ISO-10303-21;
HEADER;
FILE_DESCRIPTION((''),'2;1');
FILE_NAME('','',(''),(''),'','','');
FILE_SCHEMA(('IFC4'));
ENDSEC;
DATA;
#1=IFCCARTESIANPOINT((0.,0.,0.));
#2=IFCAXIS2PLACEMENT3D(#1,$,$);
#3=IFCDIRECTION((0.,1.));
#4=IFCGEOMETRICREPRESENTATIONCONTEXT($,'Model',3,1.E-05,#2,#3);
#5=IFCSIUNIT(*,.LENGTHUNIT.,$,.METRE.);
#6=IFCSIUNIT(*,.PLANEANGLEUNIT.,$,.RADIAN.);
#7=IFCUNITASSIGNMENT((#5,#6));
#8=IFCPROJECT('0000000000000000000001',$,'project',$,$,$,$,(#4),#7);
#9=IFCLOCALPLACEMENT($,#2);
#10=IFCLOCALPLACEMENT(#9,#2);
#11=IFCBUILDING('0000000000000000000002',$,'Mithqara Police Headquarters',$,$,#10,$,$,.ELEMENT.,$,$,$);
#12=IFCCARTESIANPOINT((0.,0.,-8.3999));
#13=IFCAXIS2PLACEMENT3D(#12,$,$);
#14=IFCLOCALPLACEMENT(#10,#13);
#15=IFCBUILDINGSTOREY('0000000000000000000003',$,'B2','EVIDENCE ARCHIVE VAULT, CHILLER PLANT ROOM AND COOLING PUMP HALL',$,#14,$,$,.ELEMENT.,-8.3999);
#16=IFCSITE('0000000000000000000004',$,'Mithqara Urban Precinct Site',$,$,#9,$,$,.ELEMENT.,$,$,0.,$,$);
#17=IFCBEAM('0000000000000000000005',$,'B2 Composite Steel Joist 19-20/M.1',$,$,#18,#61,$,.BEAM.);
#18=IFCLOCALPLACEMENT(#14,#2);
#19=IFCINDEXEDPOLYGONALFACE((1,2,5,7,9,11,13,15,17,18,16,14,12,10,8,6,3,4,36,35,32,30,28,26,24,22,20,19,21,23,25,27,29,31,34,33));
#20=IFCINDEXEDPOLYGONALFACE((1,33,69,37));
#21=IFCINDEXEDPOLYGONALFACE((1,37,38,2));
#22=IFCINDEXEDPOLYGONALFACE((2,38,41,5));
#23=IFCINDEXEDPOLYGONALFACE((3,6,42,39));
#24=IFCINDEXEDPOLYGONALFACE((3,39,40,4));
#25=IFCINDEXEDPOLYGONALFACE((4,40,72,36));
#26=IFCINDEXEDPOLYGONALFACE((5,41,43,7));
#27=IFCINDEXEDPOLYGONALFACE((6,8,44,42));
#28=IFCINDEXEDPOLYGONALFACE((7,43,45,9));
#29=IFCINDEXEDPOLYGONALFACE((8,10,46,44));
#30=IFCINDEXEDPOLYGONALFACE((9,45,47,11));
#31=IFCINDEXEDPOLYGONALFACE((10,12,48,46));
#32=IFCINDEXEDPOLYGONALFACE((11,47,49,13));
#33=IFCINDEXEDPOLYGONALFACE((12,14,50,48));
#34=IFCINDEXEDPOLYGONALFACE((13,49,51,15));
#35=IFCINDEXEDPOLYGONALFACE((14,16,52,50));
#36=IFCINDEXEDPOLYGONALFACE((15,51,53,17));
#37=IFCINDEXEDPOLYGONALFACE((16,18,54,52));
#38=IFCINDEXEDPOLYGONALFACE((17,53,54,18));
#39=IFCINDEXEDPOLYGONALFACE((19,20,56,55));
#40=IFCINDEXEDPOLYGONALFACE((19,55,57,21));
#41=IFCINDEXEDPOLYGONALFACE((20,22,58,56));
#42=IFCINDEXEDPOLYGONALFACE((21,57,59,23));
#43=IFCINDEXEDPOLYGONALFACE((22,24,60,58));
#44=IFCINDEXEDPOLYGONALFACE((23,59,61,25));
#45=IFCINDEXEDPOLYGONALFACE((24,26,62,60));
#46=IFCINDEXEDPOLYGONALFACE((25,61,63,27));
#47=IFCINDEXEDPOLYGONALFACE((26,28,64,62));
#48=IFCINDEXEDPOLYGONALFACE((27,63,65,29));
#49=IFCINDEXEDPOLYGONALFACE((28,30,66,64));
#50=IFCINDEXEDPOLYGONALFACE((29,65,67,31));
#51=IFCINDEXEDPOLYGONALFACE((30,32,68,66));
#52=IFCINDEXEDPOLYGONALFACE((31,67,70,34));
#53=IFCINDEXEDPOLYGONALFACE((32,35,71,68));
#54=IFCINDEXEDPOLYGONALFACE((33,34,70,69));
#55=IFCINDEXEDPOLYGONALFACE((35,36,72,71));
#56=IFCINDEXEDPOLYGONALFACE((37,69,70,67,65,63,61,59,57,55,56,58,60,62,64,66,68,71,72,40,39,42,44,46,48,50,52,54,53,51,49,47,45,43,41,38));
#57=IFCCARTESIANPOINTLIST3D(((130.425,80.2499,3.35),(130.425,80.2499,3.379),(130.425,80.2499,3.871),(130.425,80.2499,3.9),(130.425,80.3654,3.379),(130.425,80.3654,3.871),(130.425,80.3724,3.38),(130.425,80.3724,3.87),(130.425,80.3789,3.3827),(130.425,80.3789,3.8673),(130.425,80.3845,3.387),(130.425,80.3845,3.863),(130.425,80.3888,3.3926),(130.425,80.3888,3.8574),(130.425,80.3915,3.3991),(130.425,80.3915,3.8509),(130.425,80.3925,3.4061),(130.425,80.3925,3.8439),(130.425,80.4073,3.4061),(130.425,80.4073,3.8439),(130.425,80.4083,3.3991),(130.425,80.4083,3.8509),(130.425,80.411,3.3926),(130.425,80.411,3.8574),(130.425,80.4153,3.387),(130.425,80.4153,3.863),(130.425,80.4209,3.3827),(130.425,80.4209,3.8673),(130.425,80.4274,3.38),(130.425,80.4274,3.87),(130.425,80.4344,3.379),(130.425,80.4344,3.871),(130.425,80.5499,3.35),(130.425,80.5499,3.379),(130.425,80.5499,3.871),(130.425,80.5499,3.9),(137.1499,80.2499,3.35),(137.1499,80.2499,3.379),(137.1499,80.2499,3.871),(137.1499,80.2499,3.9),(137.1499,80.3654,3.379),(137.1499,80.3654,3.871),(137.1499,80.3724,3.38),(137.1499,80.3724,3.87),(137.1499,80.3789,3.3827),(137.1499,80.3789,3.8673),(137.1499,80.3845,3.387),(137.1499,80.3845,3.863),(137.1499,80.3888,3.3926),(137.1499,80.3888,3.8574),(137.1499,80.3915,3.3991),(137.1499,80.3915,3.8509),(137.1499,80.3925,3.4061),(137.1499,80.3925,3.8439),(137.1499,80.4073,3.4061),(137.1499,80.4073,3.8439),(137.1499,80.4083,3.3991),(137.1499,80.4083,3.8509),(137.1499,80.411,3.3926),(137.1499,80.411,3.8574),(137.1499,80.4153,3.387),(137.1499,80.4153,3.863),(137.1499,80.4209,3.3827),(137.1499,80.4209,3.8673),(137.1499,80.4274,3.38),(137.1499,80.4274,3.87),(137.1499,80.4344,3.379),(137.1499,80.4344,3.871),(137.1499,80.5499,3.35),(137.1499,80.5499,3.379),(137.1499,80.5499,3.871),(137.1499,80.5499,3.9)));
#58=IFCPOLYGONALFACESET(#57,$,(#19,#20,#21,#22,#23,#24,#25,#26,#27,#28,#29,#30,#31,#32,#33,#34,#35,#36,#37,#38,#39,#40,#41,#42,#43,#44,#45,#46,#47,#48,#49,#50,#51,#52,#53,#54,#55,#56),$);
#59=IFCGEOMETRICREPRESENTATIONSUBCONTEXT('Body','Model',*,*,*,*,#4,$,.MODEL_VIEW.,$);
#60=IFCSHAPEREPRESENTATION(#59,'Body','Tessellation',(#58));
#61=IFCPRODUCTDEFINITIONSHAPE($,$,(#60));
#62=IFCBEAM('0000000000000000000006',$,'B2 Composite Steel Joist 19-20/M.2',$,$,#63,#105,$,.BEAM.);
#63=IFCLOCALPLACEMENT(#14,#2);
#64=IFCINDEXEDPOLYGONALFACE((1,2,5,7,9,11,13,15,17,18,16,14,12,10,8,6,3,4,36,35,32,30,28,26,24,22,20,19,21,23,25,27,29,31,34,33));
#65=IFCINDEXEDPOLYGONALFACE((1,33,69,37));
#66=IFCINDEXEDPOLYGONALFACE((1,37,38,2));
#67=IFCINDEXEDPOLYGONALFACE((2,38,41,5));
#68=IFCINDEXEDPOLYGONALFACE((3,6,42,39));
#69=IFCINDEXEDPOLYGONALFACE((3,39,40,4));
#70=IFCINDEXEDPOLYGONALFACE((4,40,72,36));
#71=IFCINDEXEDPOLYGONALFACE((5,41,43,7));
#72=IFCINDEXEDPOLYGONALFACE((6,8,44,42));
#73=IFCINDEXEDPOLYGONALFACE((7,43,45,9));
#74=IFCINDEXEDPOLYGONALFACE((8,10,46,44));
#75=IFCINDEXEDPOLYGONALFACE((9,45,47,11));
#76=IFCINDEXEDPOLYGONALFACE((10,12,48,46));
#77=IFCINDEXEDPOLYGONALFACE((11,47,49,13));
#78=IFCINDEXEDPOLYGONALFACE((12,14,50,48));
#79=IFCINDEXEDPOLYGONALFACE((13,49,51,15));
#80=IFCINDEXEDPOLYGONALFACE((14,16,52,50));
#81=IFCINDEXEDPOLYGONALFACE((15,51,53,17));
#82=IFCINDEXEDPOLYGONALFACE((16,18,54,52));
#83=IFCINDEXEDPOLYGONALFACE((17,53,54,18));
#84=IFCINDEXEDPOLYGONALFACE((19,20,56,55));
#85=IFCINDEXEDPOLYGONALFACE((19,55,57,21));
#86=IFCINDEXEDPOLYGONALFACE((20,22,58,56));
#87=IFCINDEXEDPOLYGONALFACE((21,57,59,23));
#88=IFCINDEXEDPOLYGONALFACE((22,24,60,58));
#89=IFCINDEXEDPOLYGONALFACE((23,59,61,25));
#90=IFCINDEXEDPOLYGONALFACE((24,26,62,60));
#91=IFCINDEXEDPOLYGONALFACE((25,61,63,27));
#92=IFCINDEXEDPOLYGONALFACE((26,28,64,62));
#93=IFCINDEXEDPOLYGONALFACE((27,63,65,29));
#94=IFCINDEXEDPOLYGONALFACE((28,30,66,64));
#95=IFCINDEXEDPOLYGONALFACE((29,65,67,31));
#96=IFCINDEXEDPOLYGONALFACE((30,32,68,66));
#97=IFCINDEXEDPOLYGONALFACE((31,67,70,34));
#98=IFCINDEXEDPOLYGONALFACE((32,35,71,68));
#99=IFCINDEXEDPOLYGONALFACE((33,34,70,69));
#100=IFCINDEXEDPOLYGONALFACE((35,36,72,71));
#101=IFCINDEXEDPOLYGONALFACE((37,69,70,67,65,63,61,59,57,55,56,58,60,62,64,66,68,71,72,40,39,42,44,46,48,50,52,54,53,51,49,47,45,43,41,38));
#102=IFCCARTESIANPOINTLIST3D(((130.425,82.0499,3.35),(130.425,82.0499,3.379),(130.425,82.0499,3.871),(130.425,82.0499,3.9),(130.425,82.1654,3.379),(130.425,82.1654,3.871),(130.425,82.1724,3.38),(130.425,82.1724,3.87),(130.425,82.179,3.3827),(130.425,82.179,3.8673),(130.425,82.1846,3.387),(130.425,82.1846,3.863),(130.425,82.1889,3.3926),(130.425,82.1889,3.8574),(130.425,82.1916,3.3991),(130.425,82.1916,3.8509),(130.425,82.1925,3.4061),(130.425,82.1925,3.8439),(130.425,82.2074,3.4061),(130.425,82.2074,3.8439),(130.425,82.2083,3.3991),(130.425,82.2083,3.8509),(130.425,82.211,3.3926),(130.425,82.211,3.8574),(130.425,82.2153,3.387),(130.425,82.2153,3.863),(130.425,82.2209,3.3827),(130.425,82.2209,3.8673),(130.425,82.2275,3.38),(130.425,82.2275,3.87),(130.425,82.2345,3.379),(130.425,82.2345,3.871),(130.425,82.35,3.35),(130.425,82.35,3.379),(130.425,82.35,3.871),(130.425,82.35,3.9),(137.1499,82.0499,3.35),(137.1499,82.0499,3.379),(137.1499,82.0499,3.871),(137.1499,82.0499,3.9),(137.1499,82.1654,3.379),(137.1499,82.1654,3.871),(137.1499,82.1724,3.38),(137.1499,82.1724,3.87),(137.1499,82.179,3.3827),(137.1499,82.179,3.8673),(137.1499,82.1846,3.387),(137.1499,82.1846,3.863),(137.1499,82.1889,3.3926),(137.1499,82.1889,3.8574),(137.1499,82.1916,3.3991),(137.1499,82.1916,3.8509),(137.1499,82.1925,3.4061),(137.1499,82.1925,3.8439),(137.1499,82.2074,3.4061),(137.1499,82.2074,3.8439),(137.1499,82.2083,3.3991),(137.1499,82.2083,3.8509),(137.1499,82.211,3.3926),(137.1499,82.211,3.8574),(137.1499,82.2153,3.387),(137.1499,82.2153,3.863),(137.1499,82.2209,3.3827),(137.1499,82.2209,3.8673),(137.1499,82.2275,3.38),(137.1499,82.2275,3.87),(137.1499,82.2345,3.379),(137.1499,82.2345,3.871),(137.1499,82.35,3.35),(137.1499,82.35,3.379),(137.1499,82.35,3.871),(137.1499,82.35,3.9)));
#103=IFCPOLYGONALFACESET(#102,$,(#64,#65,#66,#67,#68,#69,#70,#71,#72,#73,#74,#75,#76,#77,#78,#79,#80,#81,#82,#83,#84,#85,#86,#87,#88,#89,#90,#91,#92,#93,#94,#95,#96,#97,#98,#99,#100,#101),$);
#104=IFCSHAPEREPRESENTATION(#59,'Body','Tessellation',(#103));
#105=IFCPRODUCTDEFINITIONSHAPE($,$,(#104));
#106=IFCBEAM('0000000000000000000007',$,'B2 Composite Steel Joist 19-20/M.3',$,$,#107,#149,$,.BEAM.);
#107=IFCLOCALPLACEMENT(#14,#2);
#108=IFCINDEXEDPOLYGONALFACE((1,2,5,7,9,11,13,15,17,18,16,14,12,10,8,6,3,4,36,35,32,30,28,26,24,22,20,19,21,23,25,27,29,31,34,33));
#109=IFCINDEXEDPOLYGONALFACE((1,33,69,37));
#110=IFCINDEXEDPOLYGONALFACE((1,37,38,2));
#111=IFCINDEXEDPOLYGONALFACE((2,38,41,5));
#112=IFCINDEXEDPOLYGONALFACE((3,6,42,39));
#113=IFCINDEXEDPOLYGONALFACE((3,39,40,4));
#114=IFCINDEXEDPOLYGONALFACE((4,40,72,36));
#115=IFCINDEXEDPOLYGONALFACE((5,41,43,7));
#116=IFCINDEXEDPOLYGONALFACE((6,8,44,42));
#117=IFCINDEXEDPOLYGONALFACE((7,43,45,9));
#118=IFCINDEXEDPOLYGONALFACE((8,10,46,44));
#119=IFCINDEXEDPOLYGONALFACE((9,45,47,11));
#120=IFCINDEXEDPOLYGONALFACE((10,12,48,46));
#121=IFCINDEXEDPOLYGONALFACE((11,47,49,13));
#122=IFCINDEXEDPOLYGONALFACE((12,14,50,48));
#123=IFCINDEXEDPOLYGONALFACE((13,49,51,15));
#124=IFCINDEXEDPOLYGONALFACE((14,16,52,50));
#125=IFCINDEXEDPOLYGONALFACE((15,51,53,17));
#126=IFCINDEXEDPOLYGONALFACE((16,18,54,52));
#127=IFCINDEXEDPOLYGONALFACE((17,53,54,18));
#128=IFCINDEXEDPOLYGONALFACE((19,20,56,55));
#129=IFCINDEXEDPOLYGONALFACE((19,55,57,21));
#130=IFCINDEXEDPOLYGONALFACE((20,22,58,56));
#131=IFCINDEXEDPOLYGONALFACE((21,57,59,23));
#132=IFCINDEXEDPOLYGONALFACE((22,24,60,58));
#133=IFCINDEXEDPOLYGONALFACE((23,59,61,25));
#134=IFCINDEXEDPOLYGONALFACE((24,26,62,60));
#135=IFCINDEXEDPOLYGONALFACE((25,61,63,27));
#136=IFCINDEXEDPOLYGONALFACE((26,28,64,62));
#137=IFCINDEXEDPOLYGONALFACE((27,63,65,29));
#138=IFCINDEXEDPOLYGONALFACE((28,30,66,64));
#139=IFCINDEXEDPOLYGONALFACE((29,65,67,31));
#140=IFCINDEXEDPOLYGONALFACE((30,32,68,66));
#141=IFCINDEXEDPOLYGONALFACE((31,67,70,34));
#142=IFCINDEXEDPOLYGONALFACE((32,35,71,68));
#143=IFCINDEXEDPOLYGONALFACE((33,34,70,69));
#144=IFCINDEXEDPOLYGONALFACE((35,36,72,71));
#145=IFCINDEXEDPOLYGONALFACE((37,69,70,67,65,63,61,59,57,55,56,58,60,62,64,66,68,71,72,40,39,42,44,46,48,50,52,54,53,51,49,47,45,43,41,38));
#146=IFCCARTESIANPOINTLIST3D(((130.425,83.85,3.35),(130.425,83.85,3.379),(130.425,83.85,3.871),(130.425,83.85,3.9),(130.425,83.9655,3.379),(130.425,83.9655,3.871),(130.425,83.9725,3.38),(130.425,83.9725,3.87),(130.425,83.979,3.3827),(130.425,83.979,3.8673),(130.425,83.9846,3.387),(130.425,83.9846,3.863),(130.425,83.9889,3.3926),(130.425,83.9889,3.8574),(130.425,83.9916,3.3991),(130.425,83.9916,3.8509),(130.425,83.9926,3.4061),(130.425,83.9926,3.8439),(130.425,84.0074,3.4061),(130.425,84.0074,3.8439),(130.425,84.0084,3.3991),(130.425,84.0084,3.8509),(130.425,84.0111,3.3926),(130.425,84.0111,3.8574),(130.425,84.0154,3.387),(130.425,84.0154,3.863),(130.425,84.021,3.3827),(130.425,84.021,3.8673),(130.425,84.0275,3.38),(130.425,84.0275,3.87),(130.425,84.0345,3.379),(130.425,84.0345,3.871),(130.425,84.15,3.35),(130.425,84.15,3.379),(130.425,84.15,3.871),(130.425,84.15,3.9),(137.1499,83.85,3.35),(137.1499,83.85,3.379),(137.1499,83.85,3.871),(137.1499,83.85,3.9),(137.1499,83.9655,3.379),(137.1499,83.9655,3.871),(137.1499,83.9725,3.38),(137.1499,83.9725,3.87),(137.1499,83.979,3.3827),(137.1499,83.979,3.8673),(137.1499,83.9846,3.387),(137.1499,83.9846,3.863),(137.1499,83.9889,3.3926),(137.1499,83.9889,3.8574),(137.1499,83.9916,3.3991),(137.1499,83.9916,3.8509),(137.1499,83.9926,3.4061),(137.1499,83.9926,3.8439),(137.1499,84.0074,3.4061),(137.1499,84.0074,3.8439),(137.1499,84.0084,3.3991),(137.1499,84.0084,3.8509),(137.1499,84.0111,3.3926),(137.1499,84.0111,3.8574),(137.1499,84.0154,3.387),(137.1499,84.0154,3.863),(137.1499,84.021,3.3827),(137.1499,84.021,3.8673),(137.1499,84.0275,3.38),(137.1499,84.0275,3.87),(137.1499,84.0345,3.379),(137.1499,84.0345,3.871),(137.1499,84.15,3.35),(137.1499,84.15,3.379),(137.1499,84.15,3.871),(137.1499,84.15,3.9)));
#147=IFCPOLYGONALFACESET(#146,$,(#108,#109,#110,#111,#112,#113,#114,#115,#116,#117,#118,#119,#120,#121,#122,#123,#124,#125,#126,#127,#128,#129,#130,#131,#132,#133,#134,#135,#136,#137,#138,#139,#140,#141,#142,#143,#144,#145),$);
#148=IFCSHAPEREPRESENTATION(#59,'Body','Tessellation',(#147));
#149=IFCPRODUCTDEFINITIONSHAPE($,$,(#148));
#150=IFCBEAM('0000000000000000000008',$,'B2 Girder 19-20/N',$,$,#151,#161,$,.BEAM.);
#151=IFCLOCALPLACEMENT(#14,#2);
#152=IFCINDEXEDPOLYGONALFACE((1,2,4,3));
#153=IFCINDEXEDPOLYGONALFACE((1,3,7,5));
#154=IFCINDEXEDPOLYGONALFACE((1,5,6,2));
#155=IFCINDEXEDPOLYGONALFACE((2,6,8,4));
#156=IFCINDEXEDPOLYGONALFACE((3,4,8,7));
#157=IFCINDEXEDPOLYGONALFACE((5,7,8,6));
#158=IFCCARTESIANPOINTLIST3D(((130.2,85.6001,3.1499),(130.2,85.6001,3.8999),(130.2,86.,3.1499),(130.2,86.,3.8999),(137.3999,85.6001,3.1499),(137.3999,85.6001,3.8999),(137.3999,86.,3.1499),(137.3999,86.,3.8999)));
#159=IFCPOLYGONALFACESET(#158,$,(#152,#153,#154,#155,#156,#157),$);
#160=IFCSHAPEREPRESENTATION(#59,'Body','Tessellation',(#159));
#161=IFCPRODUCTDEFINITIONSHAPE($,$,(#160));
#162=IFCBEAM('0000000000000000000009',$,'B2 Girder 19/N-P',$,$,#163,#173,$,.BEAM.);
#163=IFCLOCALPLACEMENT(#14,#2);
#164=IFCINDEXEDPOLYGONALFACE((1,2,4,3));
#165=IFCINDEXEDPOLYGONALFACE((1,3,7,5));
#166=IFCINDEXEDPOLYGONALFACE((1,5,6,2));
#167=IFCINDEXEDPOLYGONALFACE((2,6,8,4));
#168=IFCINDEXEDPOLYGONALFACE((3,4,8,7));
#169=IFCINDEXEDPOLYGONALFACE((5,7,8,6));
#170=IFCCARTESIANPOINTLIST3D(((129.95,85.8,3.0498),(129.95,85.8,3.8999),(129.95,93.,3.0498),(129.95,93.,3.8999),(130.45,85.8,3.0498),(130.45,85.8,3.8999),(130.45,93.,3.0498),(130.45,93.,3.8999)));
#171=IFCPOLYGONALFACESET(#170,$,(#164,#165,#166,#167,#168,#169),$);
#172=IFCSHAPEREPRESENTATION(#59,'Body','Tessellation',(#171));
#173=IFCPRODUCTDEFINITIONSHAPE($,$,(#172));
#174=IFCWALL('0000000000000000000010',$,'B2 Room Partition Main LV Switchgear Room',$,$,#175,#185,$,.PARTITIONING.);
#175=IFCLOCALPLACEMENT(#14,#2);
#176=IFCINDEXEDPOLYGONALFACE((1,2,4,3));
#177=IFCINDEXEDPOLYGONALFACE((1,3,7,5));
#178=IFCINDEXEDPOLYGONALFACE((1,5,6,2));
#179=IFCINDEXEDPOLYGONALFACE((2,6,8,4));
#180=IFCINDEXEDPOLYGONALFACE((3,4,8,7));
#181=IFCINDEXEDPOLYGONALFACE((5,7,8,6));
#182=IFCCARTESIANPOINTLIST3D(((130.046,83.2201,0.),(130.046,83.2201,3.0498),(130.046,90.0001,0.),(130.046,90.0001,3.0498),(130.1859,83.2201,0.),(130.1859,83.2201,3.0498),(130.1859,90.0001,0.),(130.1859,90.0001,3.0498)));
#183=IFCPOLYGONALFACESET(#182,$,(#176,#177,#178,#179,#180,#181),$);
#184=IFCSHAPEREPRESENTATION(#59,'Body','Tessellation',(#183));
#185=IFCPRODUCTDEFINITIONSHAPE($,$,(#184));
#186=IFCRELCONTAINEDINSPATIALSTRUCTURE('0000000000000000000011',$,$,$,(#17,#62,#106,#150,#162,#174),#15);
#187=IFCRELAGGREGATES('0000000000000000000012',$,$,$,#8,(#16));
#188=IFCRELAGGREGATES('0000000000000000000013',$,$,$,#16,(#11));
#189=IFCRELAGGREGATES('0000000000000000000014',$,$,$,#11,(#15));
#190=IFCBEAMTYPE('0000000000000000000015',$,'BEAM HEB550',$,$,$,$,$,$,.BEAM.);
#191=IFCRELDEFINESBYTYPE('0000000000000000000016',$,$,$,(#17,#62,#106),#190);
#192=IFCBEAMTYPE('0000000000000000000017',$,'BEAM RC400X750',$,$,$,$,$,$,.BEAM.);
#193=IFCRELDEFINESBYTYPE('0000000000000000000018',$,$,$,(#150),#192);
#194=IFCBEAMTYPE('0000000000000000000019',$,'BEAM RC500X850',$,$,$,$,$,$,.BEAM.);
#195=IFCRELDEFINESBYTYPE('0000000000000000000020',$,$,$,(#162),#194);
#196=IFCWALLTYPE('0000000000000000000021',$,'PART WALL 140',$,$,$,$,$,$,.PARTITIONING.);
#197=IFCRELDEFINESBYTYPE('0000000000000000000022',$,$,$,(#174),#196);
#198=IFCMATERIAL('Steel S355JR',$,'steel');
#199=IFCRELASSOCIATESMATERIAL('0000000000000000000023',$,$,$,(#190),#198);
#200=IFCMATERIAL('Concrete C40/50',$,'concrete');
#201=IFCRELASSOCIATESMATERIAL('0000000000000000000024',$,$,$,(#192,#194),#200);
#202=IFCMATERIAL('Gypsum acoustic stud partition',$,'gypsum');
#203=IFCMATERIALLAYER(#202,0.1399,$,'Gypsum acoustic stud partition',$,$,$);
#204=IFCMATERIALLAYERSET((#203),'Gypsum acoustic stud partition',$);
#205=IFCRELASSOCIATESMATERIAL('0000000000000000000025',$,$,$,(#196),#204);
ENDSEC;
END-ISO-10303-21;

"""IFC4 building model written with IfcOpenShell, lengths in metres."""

from ifc_helpers import new_model, si_unit, direction, frame, frame_2d, origin, origin_2d, place, context, subcontext, project, spatial, rectangle, i_section, extrude, material, layer, layer_set, material_profile, profile_set, type_object, element, save


model = new_model("IFC4")

# Units and contexts
model_context = context("Model", 3, precision=1e-05, world=origin(), true_north=direction((0.0, 1.0)))
body_context = subcontext(model_context, "Body", "Model", "MODEL_VIEW")
ifc_project = project(units=[si_unit("LENGTHUNIT", "METRE"), si_unit("PLANEANGLEUNIT", "RADIAN")], contexts=[model_context])

# Site, building, storey
site_placement = place(None, origin())
site = spatial("IfcSite", under=ifc_project, at=site_placement, Name="Mithqara Urban Precinct Site", CompositionType="ELEMENT", RefElevation=0.0)
building_placement = place(site_placement, origin())
building = spatial("IfcBuilding", under=site, at=building_placement, Name="Mithqara Police Headquarters", CompositionType="ELEMENT")
storey_placement = place(building_placement, frame((0.0, 0.0, -8.3999)))
storey = spatial("IfcBuildingStorey", under=building, at=storey_placement, Name="B2", Description="EVIDENCE ARCHIVE VAULT, CHILLER PLANT ROOM AND COOLING PUMP HALL", CompositionType="ELEMENT", Elevation=-8.3999)

# Shared definitions
ifc_material_1 = material(Name="Concrete C40/50", Category="concrete")

# Beams
ifc_material_2 = material(Name="Steel S355JR", Category="steel")
ifc_material_profile_1 = material_profile(ifc_material_2, i_section(OverallWidth=0.3, OverallDepth=0.55, WebThickness=0.0149, FlangeThickness=0.0291, FilletRadius=0.0271, at=origin_2d()), Name="HEB 550")
ifc_profile_set_1 = profile_set([ifc_material_profile_1], Name="Steel S355JR")
beam_type_1 = type_object("IfcBeamType", Name="BEAM HEB550", PredefinedType="BEAM", material=ifc_profile_set_1)
for number, where, z_axis, x_axis, name in (
    (1, (130.425, 80.3999, 3.625), (1.0, 0.0, 0.0), (0.0, 1.0, 0.0), "B2 Composite Steel Joist 19-20/M.1"),
    (2, (130.425, 82.2, 3.625), (1.0, 0.0, 0.0), (0.0, 1.0, 0.0), "B2 Composite Steel Joist 19-20/M.2"),
    (3, (130.425, 84.0, 3.625), (1.0, 0.0, 0.0), (0.0, 1.0, 0.0), "B2 Composite Steel Joist 19-20/M.3"),
):
    element("IfcBeam", number, at=place(storey_placement, frame(where, z_axis=z_axis, x_axis=x_axis)), inside=storey, type_object=beam_type_1, Name=name, PredefinedType="BEAM", context=body_context, shape_type="SweptSolid", body=[
        extrude(i_section(OverallWidth=0.3, OverallDepth=0.55, WebThickness=0.0149, FlangeThickness=0.0291, FilletRadius=0.0271, at=origin_2d()), origin(), (0.0, 0.0, 1.0), 6.7249),
    ])
ifc_material_profile_2 = material_profile(ifc_material_1, rectangle(XDim=0.3999, YDim=0.75, at=origin_2d()), Name="RC 400x750")
ifc_profile_set_2 = profile_set([ifc_material_profile_2], Name="Concrete C40/50")
beam_type_2 = type_object("IfcBeamType", Name="BEAM RC400X750", PredefinedType="BEAM", material=ifc_profile_set_2)
beam_1_placement = place(storey_placement, frame((130.2, 85.8, 3.5249), z_axis=(1.0, 0.0, 0.0), x_axis=(0.0, 1.0, 0.0)))
element("IfcBeam", 4, at=beam_1_placement, inside=storey, type_object=beam_type_2, Name="B2 Girder 19-20/N", PredefinedType="BEAM", context=body_context, shape_type="SweptSolid", body=[
    extrude(rectangle(XDim=0.3999, YDim=0.75, at=origin_2d()), origin(), (0.0, 0.0, 1.0), 7.2),
])
ifc_material_profile_3 = material_profile(ifc_material_1, rectangle(XDim=0.5, YDim=0.8501, at=origin_2d()), Name="RC 500x850")
ifc_profile_set_3 = profile_set([ifc_material_profile_3], Name="Concrete C40/50")
beam_type_3 = type_object("IfcBeamType", Name="BEAM RC500X850", PredefinedType="BEAM", material=ifc_profile_set_3)
beam_2_placement = place(storey_placement, frame((130.2, 85.8, 3.4749), z_axis=(0.0, 1.0, 0.0), x_axis=(-1.0, 0.0, 0.0)))
element("IfcBeam", 5, at=beam_2_placement, inside=storey, type_object=beam_type_3, Name="B2 Girder 19/N-P", PredefinedType="BEAM", context=body_context, shape_type="SweptSolid", body=[
    extrude(rectangle(XDim=0.5, YDim=0.8501, at=origin_2d()), origin(), (0.0, 0.0, 1.0), 7.2),
])

# Wall
ifc_material_3 = material(Name="Gypsum acoustic stud partition", Category="gypsum")
ifc_layer = layer(ifc_material_3, 0.1399, Name="Gypsum acoustic stud partition")
ifc_layer_set = layer_set([ifc_layer], Name="Gypsum acoustic stud partition")
wall_type = type_object("IfcWallType", Name="PART WALL 140", PredefinedType="PARTITIONING", material=ifc_layer_set)
wall_1_placement = place(storey_placement, frame((130.116, 83.22, 0.0), z_axis=(0.0, 0.0, 1.0), x_axis=(0.0, 1.0, 0.0)))
element("IfcWall", 6, at=wall_1_placement, inside=storey, type_object=wall_type, Name="B2 Room Partition Main LV Switchgear Room", PredefinedType="PARTITIONING", context=body_context, shape_type="SweptSolid", body=[
    extrude(rectangle(XDim=6.78, YDim=0.1399, at=frame_2d((3.3901, 0.0))), origin(), (0.0, 0.0, 1.0), 3.0498),
])

save(model, "model.ifc")
